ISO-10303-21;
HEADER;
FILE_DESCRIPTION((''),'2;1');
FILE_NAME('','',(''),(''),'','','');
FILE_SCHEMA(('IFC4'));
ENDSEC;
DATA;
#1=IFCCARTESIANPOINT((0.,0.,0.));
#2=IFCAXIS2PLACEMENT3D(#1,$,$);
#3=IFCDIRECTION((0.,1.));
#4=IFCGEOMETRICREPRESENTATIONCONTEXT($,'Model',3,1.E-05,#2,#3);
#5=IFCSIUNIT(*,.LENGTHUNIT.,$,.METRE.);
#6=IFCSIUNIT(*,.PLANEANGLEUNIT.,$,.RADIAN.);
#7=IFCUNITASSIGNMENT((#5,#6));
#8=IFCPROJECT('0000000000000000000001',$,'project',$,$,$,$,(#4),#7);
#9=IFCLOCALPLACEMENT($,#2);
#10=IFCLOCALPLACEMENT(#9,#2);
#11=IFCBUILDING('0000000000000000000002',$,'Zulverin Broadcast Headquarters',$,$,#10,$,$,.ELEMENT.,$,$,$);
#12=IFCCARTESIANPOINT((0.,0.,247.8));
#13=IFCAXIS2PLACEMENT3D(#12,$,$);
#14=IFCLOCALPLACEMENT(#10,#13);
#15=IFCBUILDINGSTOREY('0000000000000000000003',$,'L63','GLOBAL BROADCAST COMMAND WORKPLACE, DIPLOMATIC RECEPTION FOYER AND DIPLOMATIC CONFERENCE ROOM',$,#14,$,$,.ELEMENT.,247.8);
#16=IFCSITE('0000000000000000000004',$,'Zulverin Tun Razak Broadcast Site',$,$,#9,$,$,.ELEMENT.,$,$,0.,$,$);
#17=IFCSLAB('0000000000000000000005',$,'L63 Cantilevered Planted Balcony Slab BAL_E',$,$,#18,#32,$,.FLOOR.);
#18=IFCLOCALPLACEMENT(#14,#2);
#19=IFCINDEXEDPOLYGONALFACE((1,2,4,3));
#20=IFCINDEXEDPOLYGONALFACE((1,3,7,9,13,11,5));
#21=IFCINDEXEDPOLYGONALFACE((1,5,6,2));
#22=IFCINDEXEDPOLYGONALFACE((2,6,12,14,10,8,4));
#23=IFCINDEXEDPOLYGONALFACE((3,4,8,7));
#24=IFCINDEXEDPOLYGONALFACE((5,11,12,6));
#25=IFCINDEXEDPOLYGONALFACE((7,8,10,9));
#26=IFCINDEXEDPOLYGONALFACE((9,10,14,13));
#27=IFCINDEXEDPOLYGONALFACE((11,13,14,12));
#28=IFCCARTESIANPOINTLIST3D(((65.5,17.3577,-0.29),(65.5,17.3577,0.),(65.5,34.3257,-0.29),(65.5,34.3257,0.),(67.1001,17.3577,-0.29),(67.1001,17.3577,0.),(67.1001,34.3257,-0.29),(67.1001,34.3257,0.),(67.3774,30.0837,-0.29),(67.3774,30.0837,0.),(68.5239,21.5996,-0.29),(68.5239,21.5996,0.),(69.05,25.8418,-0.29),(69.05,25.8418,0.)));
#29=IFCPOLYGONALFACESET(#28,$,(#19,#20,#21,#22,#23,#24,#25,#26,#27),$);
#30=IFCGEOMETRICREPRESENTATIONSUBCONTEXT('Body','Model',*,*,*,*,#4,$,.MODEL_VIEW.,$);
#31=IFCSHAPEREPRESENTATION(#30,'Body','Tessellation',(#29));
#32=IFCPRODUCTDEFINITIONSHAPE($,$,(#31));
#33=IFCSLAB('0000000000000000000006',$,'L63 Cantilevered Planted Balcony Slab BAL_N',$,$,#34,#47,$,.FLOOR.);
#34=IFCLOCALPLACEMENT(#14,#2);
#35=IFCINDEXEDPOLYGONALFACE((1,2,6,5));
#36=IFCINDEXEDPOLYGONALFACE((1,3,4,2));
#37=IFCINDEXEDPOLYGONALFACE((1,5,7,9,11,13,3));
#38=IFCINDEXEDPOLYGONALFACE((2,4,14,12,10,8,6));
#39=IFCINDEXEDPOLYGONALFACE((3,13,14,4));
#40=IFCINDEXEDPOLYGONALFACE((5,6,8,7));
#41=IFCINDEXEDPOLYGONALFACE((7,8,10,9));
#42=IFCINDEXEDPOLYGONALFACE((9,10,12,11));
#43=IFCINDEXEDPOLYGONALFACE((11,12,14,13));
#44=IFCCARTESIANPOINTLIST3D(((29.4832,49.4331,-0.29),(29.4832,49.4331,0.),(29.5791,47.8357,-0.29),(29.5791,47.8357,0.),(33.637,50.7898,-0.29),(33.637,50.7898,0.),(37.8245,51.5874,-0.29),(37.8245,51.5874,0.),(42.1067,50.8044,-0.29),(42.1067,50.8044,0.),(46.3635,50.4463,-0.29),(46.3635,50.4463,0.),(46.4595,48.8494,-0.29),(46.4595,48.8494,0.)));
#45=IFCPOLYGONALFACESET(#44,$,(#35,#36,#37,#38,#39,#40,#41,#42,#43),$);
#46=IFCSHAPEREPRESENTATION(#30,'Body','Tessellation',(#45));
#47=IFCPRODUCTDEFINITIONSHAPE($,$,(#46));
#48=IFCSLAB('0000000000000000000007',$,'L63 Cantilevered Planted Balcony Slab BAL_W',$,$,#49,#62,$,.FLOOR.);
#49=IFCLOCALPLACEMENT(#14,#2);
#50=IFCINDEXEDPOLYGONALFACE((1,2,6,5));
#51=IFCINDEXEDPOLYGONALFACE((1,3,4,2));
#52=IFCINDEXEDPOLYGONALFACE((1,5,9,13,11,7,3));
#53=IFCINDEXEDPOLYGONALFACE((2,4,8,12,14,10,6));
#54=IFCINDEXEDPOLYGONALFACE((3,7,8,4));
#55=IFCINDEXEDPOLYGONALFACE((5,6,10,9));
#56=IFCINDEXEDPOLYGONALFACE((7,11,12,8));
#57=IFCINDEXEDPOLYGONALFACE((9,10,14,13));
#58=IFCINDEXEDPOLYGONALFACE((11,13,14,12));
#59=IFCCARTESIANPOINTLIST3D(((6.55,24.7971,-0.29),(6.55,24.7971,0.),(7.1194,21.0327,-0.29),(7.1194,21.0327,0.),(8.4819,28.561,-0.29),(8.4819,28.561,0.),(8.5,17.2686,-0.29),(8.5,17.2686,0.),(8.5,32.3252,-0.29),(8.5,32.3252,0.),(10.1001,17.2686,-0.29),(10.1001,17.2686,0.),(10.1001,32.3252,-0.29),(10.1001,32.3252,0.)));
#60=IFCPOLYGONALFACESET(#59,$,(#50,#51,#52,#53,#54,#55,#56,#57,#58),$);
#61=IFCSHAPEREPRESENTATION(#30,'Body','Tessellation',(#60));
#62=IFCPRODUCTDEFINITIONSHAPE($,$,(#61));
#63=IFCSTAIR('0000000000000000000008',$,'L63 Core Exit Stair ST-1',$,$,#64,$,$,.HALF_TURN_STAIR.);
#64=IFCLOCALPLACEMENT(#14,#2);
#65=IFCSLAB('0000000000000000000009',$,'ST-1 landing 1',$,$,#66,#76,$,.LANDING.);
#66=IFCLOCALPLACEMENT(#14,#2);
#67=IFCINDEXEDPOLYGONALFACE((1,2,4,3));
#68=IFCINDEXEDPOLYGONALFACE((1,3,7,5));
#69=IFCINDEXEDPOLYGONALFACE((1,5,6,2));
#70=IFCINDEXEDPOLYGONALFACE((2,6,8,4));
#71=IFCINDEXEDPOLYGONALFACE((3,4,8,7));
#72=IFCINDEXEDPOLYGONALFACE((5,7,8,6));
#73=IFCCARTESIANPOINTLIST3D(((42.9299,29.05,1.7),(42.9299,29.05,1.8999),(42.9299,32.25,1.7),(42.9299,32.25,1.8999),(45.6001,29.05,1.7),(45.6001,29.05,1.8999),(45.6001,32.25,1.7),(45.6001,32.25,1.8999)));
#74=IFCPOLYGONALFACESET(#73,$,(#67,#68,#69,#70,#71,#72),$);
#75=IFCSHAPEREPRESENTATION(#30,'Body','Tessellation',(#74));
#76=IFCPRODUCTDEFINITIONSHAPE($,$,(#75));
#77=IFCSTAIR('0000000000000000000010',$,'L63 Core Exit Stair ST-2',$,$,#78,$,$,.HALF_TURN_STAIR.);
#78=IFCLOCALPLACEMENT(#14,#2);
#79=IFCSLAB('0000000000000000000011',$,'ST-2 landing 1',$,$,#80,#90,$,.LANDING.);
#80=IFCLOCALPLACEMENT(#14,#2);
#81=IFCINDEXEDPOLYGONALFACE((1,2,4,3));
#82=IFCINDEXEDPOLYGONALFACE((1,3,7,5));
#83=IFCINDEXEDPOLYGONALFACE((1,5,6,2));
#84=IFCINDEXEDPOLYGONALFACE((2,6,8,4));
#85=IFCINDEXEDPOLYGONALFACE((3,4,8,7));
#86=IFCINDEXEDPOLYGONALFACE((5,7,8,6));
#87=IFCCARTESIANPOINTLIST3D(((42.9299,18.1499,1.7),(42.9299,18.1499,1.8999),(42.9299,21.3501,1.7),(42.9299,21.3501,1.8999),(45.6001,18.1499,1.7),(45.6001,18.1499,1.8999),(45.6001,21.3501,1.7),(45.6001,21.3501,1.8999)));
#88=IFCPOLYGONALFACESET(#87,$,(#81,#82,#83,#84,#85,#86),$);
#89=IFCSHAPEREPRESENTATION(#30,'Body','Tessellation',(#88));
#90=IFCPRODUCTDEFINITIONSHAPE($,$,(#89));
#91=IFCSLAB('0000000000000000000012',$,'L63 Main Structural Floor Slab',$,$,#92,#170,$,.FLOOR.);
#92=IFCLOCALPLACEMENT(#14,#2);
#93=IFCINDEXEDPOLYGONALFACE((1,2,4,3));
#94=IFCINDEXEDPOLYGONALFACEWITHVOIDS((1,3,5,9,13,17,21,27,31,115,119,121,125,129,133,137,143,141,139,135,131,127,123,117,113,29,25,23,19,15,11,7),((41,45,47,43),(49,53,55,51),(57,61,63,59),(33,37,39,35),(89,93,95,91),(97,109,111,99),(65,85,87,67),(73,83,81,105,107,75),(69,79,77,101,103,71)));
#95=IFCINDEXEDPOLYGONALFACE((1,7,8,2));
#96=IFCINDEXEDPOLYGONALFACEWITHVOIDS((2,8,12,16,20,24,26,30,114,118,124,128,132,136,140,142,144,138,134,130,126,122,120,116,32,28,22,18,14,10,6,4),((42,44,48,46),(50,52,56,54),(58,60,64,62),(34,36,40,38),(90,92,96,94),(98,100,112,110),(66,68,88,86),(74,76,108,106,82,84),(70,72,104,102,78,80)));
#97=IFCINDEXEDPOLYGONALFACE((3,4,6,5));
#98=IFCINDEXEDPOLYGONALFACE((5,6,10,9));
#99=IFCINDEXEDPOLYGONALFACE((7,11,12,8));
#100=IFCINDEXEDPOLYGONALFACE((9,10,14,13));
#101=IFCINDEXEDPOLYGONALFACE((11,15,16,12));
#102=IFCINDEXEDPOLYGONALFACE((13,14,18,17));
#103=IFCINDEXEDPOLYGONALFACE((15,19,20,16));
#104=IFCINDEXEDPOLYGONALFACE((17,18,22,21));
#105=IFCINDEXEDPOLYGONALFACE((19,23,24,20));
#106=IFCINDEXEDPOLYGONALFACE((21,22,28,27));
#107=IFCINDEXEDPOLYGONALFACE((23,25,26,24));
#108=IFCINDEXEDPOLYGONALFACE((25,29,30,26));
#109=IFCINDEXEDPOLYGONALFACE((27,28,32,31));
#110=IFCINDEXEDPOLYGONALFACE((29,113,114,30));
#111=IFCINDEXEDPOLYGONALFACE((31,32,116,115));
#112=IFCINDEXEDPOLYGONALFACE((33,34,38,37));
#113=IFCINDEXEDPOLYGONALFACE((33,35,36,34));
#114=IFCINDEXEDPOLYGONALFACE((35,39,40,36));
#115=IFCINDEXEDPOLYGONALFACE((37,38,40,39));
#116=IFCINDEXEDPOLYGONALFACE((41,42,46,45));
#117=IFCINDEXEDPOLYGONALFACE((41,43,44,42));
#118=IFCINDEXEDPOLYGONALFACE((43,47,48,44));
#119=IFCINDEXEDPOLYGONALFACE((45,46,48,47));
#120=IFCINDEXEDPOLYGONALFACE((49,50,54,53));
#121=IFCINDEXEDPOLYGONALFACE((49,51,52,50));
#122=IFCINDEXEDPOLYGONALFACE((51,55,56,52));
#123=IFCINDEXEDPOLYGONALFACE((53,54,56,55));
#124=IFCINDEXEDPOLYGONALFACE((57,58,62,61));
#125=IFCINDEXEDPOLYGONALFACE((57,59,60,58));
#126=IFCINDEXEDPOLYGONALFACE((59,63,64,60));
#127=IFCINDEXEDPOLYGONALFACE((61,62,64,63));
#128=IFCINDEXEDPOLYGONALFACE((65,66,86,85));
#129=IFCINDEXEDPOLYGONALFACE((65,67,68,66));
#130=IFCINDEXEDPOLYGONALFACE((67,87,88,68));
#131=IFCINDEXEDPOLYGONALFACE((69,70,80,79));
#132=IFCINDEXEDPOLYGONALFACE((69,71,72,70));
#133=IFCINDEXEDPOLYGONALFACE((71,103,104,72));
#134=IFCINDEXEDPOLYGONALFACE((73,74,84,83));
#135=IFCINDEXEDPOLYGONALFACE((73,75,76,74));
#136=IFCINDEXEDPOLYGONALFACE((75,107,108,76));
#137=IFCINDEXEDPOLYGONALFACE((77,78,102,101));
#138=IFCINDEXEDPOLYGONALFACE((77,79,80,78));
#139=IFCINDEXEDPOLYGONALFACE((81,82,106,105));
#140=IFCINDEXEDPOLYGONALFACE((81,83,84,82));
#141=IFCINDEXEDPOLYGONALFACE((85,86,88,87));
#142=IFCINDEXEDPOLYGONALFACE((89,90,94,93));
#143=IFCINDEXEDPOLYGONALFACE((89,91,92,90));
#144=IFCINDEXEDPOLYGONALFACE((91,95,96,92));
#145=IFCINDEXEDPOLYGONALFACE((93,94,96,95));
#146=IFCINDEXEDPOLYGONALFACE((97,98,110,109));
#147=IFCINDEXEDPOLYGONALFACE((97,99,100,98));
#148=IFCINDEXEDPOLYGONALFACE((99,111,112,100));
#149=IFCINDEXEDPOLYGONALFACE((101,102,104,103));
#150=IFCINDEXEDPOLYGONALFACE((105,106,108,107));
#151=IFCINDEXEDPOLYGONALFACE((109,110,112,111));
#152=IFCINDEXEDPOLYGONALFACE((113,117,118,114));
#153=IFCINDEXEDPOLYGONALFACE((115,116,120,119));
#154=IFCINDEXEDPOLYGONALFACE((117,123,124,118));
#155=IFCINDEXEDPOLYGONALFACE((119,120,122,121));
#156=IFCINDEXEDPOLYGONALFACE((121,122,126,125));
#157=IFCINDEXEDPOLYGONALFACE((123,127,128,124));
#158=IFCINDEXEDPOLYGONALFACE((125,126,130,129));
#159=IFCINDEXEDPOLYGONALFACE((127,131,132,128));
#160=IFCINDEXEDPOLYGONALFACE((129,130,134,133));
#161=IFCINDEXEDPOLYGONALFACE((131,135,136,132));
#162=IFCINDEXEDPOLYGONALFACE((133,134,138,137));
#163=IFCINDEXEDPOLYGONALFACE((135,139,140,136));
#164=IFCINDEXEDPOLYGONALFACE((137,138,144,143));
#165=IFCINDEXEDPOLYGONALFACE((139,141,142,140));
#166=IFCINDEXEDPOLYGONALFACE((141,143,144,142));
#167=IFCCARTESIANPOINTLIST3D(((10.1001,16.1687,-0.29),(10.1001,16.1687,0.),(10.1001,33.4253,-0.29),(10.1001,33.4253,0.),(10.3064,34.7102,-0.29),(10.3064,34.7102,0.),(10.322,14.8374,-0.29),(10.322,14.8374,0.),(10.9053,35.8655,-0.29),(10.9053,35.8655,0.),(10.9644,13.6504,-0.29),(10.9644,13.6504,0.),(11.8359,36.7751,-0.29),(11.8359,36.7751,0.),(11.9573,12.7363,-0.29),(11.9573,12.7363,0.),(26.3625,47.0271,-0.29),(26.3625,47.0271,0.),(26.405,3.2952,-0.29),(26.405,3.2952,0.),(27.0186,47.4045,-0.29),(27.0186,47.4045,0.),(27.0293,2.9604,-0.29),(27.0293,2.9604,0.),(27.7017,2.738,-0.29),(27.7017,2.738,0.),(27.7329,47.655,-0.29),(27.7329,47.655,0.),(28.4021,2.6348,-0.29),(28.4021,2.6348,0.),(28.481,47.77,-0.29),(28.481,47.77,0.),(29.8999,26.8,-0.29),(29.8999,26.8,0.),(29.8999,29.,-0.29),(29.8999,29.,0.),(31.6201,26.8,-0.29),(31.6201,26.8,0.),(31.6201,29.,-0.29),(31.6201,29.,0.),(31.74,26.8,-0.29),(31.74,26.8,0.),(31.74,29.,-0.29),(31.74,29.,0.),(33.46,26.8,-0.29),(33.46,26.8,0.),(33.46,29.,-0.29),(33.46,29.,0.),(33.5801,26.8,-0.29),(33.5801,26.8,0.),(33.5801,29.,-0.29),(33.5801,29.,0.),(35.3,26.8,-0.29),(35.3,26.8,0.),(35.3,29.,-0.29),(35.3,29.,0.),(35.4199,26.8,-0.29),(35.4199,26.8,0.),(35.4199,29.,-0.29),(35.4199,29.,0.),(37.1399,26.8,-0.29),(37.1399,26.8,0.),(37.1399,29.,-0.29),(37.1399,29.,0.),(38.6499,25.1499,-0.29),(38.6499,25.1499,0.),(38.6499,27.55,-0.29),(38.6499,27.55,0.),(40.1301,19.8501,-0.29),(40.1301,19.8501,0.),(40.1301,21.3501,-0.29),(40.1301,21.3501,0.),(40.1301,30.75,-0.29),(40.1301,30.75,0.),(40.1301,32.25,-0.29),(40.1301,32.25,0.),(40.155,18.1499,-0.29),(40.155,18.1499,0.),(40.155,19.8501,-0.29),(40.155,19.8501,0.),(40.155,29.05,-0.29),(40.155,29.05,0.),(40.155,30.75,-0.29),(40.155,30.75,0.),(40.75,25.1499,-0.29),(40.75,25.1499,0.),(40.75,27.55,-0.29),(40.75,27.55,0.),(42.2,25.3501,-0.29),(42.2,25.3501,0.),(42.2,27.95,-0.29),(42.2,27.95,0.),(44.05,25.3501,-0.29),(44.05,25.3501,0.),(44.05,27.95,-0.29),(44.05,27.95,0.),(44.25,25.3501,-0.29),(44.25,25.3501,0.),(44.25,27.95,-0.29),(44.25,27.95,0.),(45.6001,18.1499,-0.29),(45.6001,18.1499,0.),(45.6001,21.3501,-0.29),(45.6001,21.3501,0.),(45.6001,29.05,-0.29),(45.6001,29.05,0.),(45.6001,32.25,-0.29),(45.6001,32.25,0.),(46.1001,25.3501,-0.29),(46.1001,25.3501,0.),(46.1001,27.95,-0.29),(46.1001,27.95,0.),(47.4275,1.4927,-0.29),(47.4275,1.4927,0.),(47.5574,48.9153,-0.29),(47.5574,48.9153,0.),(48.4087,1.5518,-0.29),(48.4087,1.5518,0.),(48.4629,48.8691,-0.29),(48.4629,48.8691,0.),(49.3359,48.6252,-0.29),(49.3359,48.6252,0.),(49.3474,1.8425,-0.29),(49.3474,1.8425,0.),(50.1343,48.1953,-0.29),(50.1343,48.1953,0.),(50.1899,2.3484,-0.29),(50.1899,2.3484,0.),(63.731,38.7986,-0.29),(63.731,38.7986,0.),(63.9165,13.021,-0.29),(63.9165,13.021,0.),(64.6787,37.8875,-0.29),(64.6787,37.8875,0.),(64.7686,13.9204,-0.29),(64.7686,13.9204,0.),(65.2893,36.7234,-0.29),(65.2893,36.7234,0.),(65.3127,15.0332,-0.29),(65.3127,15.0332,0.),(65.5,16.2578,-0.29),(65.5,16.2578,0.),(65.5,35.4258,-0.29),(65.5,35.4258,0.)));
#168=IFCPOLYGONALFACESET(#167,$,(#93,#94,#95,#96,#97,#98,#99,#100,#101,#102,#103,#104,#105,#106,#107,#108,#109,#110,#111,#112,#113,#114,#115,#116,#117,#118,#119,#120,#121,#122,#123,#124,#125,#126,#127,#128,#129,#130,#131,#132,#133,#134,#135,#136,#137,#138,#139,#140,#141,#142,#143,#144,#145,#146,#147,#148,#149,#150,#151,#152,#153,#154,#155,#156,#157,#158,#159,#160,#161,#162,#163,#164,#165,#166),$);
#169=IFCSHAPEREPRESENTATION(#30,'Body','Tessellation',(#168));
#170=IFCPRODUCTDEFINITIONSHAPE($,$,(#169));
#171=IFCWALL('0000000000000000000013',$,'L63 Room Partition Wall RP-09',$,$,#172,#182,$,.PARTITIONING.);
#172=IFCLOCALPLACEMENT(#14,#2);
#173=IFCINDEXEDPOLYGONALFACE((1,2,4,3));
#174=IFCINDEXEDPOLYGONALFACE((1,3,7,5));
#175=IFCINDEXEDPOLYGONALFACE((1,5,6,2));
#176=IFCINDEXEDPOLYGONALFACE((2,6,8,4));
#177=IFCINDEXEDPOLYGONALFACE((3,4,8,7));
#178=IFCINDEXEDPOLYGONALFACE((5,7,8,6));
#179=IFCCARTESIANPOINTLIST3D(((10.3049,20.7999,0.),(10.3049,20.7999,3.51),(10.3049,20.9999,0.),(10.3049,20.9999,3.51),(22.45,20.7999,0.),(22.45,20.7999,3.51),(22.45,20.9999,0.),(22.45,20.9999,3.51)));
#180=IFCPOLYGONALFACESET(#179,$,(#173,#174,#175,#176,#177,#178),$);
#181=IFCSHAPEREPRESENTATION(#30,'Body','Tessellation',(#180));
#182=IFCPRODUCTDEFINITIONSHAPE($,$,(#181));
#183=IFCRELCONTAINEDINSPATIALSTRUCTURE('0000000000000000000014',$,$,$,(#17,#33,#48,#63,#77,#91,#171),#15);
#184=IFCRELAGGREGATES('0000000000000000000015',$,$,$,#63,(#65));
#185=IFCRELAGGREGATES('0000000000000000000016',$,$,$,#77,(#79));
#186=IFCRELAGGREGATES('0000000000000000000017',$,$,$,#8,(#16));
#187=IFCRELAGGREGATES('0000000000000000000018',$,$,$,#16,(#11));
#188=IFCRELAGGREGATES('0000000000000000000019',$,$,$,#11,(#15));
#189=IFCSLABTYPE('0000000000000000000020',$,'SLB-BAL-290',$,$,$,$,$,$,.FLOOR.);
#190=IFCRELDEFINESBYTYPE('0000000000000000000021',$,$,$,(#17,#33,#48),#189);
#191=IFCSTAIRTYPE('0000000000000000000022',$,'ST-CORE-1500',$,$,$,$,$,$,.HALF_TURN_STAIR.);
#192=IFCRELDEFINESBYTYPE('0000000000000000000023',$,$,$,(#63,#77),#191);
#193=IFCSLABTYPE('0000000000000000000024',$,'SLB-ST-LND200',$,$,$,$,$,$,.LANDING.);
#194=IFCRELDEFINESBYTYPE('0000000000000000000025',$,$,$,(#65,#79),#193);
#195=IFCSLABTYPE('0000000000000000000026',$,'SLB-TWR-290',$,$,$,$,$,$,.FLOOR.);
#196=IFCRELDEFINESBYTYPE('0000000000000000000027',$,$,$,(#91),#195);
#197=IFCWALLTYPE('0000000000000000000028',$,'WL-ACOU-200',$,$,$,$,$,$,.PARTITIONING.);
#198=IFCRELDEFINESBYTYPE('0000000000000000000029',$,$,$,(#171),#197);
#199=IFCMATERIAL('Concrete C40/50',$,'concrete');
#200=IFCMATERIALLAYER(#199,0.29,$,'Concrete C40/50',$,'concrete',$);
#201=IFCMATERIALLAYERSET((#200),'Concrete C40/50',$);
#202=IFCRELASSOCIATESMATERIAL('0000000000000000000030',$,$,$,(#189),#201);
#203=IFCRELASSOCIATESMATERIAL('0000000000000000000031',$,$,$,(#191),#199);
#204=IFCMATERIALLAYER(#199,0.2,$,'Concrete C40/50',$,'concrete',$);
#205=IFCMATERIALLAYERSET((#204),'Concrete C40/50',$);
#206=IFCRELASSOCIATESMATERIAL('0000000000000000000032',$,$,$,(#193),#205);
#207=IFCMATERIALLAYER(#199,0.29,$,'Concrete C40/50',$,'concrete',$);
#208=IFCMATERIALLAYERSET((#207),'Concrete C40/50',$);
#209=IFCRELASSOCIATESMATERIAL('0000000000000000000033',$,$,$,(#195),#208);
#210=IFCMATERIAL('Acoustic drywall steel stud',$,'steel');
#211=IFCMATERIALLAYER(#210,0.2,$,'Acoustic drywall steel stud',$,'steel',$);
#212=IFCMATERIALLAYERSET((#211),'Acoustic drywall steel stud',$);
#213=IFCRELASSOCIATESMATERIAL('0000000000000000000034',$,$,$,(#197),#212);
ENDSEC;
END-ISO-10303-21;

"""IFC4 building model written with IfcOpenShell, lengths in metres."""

from ifc_helpers import new_model, si_unit, direction, frame, frame_2d, origin, place, context, subcontext, project, spatial, polyline, rectangle, outline, extrude, material, layer, layer_set, type_object, element, aggregate, save


model = new_model("IFC4")

# Units and contexts
model_context = context("Model", 3, precision=1e-05, world=origin(), true_north=direction((0.0, 1.0)))
body_context = subcontext(model_context, "Body", "Model", "MODEL_VIEW")
ifc_project = project(units=[si_unit("LENGTHUNIT", "METRE"), si_unit("PLANEANGLEUNIT", "RADIAN")], contexts=[model_context])

# Site, building, storey
site_placement = place(None, origin())
site = spatial("IfcSite", under=ifc_project, at=site_placement, Name="Zulverin Tun Razak Broadcast Site", CompositionType="ELEMENT", RefElevation=0.0)
building_placement = place(site_placement, origin())
building = spatial("IfcBuilding", under=site, at=building_placement, Name="Zulverin Broadcast Headquarters", CompositionType="ELEMENT")
storey_placement = place(building_placement, frame((0.0, 0.0, 247.8)))
storey = spatial("IfcBuildingStorey", under=building, at=storey_placement, Name="L63", Description="GLOBAL BROADCAST COMMAND WORKPLACE, DIPLOMATIC RECEPTION FOYER AND DIPLOMATIC CONFERENCE ROOM", CompositionType="ELEMENT", Elevation=247.8)

# Slabs
ifc_material_1 = material(Name="Concrete C40/50", Category="concrete")
ifc_layer_1 = layer(ifc_material_1, 0.29, Name="Concrete C40/50", Category="concrete")
ifc_layer_set_1 = layer_set([ifc_layer_1], Name="Concrete C40/50")
slab_type_1 = type_object("IfcSlabType", Name="SLB-BAL-290", PredefinedType="FLOOR", material=ifc_layer_set_1)
slab_1_placement = place(storey_placement, frame((0.0, 0.0, -0.29)))
element("IfcSlab", 1, at=slab_1_placement, inside=storey, type_object=slab_type_1, Name="L63 Cantilevered Planted Balcony Slab BAL_E", PredefinedType="FLOOR", context=body_context, shape_type="SweptSolid", body=[
    extrude(outline(polyline([(65.5, 34.3257), (65.5, 17.3577), (67.1001, 17.3577), (68.5239, 21.5996), (69.05, 25.8418), (67.3774, 30.0837), (67.1001, 34.3257), (65.5, 34.3257)])), origin(), (0.0, 0.0, 1.0), 0.29),
])
slab_2_placement = place(storey_placement, frame((0.0, 0.0, -0.29)))
element("IfcSlab", 2, at=slab_2_placement, inside=storey, type_object=slab_type_1, Name="L63 Cantilevered Planted Balcony Slab BAL_N", PredefinedType="FLOOR", context=body_context, shape_type="SweptSolid", body=[
    extrude(outline(polyline([(29.5791, 47.8357), (46.4595, 48.8494), (46.3635, 50.4463), (42.1067, 50.8044), (37.8245, 51.5874), (33.637, 50.7898), (29.4832, 49.4331), (29.5791, 47.8357)])), origin(), (0.0, 0.0, 1.0), 0.29),
])
slab_3_placement = place(storey_placement, frame((0.0, 0.0, -0.29)))
element("IfcSlab", 3, at=slab_3_placement, inside=storey, type_object=slab_type_1, Name="L63 Cantilevered Planted Balcony Slab BAL_W", PredefinedType="FLOOR", context=body_context, shape_type="SweptSolid", body=[
    extrude(outline(polyline([(10.1001, 17.2686), (10.1001, 32.3252), (8.5, 32.3252), (8.4819, 28.561), (6.55, 24.7971), (7.1194, 21.0327), (8.5, 17.2686), (10.1001, 17.2686)])), origin(), (0.0, 0.0, 1.0), 0.29),
])

# Stairs, slabs
stair_type = type_object("IfcStairType", Name="ST-CORE-1500", PredefinedType="HALF_TURN_STAIR", material=ifc_material_1)
stair_1_placement = place(storey_placement, origin())
stair_1 = element("IfcStair", 4, at=stair_1_placement, inside=storey, type_object=stair_type, Name="L63 Core Exit Stair ST-1", PredefinedType="HALF_TURN_STAIR")
ifc_layer_2 = layer(ifc_material_1, 0.2, Name="Concrete C40/50", Category="concrete")
ifc_layer_set_2 = layer_set([ifc_layer_2], Name="Concrete C40/50")
slab_type_2 = type_object("IfcSlabType", Name="SLB-ST-LND200", PredefinedType="LANDING", material=ifc_layer_set_2)
slab_4_placement = place(storey_placement, frame((0.0, 0.0, 1.7)))
slab_4 = element("IfcSlab", 5, at=slab_4_placement, type_object=slab_type_2, Name="ST-1 landing 1", PredefinedType="LANDING", context=body_context, shape_type="SweptSolid", body=[
    extrude(outline(polyline([(42.9299, 29.05), (45.6001, 29.05), (45.6001, 32.25), (42.9299, 32.25), (42.9299, 29.05)])), origin(), (0.0, 0.0, 1.0), 0.2),
])
aggregate(stair_1, [slab_4])
stair_2_placement = place(storey_placement, origin())
stair_2 = element("IfcStair", 6, at=stair_2_placement, inside=storey, type_object=stair_type, Name="L63 Core Exit Stair ST-2", PredefinedType="HALF_TURN_STAIR")
slab_5_placement = place(storey_placement, frame((0.0, 0.0, 1.7)))
slab_5 = element("IfcSlab", 7, at=slab_5_placement, type_object=slab_type_2, Name="ST-2 landing 1", PredefinedType="LANDING", context=body_context, shape_type="SweptSolid", body=[
    extrude(outline(polyline([(42.9299, 18.1499), (45.6001, 18.1499), (45.6001, 21.3501), (42.9299, 21.3501), (42.9299, 18.1499)])), origin(), (0.0, 0.0, 1.0), 0.2),
])
aggregate(stair_2, [slab_5])

# Slab
ifc_layer_3 = layer(ifc_material_1, 0.29, Name="Concrete C40/50", Category="concrete")
ifc_layer_set_3 = layer_set([ifc_layer_3], Name="Concrete C40/50")
slab_type_3 = type_object("IfcSlabType", Name="SLB-TWR-290", PredefinedType="FLOOR", material=ifc_layer_set_3)
slab_6_placement = place(storey_placement, frame((0.0, 0.0, -0.29)))
element("IfcSlab", 8, at=slab_6_placement, inside=storey, type_object=slab_type_3, Name="L63 Main Structural Floor Slab", PredefinedType="FLOOR", context=body_context, shape_type="SweptSolid", body=[
    extrude(outline(polyline([(26.405, 3.2952), (27.0293, 2.9604), (27.7017, 2.738), (28.4021, 2.6348), (47.4275, 1.4927), (48.4087, 1.5518), (49.3474, 1.8425), (50.1899, 2.3484), (63.9165, 13.021), (64.7686, 13.9204), (65.3127, 15.0332), (65.5, 16.2578), (65.5, 35.4258), (65.2893, 36.7234), (64.6787, 37.8875), (63.731, 38.7986), (50.1343, 48.1953), (49.3359, 48.6252), (48.4629, 48.8691), (47.5574, 48.9153), (28.481, 47.77), (27.7329, 47.655), (27.0186, 47.4045), (26.3625, 47.0271), (11.8359, 36.7751), (10.9053, 35.8655), (10.3064, 34.7102), (10.1001, 33.4253), (10.1001, 16.1687), (10.322, 14.8374), (10.9644, 13.6504), (11.9573, 12.7363), (26.405, 3.2952)]), holes=[polyline([(40.155, 30.75), (40.1301, 30.75), (40.1301, 32.25), (45.6001, 32.25), (45.6001, 29.05), (40.155, 29.05), (40.155, 30.75)]), polyline([(40.155, 19.8501), (40.1301, 19.8501), (40.1301, 21.3501), (45.6001, 21.3501), (45.6001, 18.1499), (40.155, 18.1499), (40.155, 19.8501)]), polyline([(29.8999, 26.8), (31.6201, 26.8), (31.6201, 29.0), (29.8999, 29.0), (29.8999, 26.8)]), polyline([(31.74, 26.8), (33.46, 26.8), (33.46, 29.0), (31.74, 29.0), (31.74, 26.8)]), polyline([(33.5801, 26.8), (35.3, 26.8), (35.3, 29.0), (33.5801, 29.0), (33.5801, 26.8)]), polyline([(35.4199, 26.8), (37.1399, 26.8), (37.1399, 29.0), (35.4199, 29.0), (35.4199, 26.8)]), polyline([(42.2, 25.3501), (44.05, 25.3501), (44.05, 27.95), (42.2, 27.95), (42.2, 25.3501)]), polyline([(44.25, 25.3501), (46.1001, 25.3501), (46.1001, 27.95), (44.25, 27.95), (44.25, 25.3501)]), polyline([(38.6499, 25.1499), (40.75, 25.1499), (40.75, 27.55), (38.6499, 27.55), (38.6499, 25.1499)])]), origin(), (0.0, 0.0, 1.0), 0.29),
])

# Wall
ifc_material_2 = material(Name="Acoustic drywall steel stud", Category="steel")
ifc_layer_4 = layer(ifc_material_2, 0.2, Name="Acoustic drywall steel stud", Category="steel")
ifc_layer_set_4 = layer_set([ifc_layer_4], Name="Acoustic drywall steel stud")
wall_type_1 = type_object("IfcWallType", Name="WL-ACOU-200", PredefinedType="PARTITIONING", material=ifc_layer_set_4)
wall_1_placement = place(storey_placement, frame((10.3049, 20.8999, 0.0), z_axis=(0.0, 0.0, 1.0), x_axis=(1.0, 0.0, 0.0)))
element("IfcWall", 9, at=wall_1_placement, inside=storey, type_object=wall_type_1, Name="L63 Room Partition Wall RP-09", PredefinedType="PARTITIONING", context=body_context, shape_type="SweptSolid", body=[
    extrude(rectangle(XDim=12.145, YDim=0.2, at=frame_2d((6.0725, 0.0))), origin(), (0.0, 0.0, 1.0), 3.51),
])

save(model, "model.ifc")
